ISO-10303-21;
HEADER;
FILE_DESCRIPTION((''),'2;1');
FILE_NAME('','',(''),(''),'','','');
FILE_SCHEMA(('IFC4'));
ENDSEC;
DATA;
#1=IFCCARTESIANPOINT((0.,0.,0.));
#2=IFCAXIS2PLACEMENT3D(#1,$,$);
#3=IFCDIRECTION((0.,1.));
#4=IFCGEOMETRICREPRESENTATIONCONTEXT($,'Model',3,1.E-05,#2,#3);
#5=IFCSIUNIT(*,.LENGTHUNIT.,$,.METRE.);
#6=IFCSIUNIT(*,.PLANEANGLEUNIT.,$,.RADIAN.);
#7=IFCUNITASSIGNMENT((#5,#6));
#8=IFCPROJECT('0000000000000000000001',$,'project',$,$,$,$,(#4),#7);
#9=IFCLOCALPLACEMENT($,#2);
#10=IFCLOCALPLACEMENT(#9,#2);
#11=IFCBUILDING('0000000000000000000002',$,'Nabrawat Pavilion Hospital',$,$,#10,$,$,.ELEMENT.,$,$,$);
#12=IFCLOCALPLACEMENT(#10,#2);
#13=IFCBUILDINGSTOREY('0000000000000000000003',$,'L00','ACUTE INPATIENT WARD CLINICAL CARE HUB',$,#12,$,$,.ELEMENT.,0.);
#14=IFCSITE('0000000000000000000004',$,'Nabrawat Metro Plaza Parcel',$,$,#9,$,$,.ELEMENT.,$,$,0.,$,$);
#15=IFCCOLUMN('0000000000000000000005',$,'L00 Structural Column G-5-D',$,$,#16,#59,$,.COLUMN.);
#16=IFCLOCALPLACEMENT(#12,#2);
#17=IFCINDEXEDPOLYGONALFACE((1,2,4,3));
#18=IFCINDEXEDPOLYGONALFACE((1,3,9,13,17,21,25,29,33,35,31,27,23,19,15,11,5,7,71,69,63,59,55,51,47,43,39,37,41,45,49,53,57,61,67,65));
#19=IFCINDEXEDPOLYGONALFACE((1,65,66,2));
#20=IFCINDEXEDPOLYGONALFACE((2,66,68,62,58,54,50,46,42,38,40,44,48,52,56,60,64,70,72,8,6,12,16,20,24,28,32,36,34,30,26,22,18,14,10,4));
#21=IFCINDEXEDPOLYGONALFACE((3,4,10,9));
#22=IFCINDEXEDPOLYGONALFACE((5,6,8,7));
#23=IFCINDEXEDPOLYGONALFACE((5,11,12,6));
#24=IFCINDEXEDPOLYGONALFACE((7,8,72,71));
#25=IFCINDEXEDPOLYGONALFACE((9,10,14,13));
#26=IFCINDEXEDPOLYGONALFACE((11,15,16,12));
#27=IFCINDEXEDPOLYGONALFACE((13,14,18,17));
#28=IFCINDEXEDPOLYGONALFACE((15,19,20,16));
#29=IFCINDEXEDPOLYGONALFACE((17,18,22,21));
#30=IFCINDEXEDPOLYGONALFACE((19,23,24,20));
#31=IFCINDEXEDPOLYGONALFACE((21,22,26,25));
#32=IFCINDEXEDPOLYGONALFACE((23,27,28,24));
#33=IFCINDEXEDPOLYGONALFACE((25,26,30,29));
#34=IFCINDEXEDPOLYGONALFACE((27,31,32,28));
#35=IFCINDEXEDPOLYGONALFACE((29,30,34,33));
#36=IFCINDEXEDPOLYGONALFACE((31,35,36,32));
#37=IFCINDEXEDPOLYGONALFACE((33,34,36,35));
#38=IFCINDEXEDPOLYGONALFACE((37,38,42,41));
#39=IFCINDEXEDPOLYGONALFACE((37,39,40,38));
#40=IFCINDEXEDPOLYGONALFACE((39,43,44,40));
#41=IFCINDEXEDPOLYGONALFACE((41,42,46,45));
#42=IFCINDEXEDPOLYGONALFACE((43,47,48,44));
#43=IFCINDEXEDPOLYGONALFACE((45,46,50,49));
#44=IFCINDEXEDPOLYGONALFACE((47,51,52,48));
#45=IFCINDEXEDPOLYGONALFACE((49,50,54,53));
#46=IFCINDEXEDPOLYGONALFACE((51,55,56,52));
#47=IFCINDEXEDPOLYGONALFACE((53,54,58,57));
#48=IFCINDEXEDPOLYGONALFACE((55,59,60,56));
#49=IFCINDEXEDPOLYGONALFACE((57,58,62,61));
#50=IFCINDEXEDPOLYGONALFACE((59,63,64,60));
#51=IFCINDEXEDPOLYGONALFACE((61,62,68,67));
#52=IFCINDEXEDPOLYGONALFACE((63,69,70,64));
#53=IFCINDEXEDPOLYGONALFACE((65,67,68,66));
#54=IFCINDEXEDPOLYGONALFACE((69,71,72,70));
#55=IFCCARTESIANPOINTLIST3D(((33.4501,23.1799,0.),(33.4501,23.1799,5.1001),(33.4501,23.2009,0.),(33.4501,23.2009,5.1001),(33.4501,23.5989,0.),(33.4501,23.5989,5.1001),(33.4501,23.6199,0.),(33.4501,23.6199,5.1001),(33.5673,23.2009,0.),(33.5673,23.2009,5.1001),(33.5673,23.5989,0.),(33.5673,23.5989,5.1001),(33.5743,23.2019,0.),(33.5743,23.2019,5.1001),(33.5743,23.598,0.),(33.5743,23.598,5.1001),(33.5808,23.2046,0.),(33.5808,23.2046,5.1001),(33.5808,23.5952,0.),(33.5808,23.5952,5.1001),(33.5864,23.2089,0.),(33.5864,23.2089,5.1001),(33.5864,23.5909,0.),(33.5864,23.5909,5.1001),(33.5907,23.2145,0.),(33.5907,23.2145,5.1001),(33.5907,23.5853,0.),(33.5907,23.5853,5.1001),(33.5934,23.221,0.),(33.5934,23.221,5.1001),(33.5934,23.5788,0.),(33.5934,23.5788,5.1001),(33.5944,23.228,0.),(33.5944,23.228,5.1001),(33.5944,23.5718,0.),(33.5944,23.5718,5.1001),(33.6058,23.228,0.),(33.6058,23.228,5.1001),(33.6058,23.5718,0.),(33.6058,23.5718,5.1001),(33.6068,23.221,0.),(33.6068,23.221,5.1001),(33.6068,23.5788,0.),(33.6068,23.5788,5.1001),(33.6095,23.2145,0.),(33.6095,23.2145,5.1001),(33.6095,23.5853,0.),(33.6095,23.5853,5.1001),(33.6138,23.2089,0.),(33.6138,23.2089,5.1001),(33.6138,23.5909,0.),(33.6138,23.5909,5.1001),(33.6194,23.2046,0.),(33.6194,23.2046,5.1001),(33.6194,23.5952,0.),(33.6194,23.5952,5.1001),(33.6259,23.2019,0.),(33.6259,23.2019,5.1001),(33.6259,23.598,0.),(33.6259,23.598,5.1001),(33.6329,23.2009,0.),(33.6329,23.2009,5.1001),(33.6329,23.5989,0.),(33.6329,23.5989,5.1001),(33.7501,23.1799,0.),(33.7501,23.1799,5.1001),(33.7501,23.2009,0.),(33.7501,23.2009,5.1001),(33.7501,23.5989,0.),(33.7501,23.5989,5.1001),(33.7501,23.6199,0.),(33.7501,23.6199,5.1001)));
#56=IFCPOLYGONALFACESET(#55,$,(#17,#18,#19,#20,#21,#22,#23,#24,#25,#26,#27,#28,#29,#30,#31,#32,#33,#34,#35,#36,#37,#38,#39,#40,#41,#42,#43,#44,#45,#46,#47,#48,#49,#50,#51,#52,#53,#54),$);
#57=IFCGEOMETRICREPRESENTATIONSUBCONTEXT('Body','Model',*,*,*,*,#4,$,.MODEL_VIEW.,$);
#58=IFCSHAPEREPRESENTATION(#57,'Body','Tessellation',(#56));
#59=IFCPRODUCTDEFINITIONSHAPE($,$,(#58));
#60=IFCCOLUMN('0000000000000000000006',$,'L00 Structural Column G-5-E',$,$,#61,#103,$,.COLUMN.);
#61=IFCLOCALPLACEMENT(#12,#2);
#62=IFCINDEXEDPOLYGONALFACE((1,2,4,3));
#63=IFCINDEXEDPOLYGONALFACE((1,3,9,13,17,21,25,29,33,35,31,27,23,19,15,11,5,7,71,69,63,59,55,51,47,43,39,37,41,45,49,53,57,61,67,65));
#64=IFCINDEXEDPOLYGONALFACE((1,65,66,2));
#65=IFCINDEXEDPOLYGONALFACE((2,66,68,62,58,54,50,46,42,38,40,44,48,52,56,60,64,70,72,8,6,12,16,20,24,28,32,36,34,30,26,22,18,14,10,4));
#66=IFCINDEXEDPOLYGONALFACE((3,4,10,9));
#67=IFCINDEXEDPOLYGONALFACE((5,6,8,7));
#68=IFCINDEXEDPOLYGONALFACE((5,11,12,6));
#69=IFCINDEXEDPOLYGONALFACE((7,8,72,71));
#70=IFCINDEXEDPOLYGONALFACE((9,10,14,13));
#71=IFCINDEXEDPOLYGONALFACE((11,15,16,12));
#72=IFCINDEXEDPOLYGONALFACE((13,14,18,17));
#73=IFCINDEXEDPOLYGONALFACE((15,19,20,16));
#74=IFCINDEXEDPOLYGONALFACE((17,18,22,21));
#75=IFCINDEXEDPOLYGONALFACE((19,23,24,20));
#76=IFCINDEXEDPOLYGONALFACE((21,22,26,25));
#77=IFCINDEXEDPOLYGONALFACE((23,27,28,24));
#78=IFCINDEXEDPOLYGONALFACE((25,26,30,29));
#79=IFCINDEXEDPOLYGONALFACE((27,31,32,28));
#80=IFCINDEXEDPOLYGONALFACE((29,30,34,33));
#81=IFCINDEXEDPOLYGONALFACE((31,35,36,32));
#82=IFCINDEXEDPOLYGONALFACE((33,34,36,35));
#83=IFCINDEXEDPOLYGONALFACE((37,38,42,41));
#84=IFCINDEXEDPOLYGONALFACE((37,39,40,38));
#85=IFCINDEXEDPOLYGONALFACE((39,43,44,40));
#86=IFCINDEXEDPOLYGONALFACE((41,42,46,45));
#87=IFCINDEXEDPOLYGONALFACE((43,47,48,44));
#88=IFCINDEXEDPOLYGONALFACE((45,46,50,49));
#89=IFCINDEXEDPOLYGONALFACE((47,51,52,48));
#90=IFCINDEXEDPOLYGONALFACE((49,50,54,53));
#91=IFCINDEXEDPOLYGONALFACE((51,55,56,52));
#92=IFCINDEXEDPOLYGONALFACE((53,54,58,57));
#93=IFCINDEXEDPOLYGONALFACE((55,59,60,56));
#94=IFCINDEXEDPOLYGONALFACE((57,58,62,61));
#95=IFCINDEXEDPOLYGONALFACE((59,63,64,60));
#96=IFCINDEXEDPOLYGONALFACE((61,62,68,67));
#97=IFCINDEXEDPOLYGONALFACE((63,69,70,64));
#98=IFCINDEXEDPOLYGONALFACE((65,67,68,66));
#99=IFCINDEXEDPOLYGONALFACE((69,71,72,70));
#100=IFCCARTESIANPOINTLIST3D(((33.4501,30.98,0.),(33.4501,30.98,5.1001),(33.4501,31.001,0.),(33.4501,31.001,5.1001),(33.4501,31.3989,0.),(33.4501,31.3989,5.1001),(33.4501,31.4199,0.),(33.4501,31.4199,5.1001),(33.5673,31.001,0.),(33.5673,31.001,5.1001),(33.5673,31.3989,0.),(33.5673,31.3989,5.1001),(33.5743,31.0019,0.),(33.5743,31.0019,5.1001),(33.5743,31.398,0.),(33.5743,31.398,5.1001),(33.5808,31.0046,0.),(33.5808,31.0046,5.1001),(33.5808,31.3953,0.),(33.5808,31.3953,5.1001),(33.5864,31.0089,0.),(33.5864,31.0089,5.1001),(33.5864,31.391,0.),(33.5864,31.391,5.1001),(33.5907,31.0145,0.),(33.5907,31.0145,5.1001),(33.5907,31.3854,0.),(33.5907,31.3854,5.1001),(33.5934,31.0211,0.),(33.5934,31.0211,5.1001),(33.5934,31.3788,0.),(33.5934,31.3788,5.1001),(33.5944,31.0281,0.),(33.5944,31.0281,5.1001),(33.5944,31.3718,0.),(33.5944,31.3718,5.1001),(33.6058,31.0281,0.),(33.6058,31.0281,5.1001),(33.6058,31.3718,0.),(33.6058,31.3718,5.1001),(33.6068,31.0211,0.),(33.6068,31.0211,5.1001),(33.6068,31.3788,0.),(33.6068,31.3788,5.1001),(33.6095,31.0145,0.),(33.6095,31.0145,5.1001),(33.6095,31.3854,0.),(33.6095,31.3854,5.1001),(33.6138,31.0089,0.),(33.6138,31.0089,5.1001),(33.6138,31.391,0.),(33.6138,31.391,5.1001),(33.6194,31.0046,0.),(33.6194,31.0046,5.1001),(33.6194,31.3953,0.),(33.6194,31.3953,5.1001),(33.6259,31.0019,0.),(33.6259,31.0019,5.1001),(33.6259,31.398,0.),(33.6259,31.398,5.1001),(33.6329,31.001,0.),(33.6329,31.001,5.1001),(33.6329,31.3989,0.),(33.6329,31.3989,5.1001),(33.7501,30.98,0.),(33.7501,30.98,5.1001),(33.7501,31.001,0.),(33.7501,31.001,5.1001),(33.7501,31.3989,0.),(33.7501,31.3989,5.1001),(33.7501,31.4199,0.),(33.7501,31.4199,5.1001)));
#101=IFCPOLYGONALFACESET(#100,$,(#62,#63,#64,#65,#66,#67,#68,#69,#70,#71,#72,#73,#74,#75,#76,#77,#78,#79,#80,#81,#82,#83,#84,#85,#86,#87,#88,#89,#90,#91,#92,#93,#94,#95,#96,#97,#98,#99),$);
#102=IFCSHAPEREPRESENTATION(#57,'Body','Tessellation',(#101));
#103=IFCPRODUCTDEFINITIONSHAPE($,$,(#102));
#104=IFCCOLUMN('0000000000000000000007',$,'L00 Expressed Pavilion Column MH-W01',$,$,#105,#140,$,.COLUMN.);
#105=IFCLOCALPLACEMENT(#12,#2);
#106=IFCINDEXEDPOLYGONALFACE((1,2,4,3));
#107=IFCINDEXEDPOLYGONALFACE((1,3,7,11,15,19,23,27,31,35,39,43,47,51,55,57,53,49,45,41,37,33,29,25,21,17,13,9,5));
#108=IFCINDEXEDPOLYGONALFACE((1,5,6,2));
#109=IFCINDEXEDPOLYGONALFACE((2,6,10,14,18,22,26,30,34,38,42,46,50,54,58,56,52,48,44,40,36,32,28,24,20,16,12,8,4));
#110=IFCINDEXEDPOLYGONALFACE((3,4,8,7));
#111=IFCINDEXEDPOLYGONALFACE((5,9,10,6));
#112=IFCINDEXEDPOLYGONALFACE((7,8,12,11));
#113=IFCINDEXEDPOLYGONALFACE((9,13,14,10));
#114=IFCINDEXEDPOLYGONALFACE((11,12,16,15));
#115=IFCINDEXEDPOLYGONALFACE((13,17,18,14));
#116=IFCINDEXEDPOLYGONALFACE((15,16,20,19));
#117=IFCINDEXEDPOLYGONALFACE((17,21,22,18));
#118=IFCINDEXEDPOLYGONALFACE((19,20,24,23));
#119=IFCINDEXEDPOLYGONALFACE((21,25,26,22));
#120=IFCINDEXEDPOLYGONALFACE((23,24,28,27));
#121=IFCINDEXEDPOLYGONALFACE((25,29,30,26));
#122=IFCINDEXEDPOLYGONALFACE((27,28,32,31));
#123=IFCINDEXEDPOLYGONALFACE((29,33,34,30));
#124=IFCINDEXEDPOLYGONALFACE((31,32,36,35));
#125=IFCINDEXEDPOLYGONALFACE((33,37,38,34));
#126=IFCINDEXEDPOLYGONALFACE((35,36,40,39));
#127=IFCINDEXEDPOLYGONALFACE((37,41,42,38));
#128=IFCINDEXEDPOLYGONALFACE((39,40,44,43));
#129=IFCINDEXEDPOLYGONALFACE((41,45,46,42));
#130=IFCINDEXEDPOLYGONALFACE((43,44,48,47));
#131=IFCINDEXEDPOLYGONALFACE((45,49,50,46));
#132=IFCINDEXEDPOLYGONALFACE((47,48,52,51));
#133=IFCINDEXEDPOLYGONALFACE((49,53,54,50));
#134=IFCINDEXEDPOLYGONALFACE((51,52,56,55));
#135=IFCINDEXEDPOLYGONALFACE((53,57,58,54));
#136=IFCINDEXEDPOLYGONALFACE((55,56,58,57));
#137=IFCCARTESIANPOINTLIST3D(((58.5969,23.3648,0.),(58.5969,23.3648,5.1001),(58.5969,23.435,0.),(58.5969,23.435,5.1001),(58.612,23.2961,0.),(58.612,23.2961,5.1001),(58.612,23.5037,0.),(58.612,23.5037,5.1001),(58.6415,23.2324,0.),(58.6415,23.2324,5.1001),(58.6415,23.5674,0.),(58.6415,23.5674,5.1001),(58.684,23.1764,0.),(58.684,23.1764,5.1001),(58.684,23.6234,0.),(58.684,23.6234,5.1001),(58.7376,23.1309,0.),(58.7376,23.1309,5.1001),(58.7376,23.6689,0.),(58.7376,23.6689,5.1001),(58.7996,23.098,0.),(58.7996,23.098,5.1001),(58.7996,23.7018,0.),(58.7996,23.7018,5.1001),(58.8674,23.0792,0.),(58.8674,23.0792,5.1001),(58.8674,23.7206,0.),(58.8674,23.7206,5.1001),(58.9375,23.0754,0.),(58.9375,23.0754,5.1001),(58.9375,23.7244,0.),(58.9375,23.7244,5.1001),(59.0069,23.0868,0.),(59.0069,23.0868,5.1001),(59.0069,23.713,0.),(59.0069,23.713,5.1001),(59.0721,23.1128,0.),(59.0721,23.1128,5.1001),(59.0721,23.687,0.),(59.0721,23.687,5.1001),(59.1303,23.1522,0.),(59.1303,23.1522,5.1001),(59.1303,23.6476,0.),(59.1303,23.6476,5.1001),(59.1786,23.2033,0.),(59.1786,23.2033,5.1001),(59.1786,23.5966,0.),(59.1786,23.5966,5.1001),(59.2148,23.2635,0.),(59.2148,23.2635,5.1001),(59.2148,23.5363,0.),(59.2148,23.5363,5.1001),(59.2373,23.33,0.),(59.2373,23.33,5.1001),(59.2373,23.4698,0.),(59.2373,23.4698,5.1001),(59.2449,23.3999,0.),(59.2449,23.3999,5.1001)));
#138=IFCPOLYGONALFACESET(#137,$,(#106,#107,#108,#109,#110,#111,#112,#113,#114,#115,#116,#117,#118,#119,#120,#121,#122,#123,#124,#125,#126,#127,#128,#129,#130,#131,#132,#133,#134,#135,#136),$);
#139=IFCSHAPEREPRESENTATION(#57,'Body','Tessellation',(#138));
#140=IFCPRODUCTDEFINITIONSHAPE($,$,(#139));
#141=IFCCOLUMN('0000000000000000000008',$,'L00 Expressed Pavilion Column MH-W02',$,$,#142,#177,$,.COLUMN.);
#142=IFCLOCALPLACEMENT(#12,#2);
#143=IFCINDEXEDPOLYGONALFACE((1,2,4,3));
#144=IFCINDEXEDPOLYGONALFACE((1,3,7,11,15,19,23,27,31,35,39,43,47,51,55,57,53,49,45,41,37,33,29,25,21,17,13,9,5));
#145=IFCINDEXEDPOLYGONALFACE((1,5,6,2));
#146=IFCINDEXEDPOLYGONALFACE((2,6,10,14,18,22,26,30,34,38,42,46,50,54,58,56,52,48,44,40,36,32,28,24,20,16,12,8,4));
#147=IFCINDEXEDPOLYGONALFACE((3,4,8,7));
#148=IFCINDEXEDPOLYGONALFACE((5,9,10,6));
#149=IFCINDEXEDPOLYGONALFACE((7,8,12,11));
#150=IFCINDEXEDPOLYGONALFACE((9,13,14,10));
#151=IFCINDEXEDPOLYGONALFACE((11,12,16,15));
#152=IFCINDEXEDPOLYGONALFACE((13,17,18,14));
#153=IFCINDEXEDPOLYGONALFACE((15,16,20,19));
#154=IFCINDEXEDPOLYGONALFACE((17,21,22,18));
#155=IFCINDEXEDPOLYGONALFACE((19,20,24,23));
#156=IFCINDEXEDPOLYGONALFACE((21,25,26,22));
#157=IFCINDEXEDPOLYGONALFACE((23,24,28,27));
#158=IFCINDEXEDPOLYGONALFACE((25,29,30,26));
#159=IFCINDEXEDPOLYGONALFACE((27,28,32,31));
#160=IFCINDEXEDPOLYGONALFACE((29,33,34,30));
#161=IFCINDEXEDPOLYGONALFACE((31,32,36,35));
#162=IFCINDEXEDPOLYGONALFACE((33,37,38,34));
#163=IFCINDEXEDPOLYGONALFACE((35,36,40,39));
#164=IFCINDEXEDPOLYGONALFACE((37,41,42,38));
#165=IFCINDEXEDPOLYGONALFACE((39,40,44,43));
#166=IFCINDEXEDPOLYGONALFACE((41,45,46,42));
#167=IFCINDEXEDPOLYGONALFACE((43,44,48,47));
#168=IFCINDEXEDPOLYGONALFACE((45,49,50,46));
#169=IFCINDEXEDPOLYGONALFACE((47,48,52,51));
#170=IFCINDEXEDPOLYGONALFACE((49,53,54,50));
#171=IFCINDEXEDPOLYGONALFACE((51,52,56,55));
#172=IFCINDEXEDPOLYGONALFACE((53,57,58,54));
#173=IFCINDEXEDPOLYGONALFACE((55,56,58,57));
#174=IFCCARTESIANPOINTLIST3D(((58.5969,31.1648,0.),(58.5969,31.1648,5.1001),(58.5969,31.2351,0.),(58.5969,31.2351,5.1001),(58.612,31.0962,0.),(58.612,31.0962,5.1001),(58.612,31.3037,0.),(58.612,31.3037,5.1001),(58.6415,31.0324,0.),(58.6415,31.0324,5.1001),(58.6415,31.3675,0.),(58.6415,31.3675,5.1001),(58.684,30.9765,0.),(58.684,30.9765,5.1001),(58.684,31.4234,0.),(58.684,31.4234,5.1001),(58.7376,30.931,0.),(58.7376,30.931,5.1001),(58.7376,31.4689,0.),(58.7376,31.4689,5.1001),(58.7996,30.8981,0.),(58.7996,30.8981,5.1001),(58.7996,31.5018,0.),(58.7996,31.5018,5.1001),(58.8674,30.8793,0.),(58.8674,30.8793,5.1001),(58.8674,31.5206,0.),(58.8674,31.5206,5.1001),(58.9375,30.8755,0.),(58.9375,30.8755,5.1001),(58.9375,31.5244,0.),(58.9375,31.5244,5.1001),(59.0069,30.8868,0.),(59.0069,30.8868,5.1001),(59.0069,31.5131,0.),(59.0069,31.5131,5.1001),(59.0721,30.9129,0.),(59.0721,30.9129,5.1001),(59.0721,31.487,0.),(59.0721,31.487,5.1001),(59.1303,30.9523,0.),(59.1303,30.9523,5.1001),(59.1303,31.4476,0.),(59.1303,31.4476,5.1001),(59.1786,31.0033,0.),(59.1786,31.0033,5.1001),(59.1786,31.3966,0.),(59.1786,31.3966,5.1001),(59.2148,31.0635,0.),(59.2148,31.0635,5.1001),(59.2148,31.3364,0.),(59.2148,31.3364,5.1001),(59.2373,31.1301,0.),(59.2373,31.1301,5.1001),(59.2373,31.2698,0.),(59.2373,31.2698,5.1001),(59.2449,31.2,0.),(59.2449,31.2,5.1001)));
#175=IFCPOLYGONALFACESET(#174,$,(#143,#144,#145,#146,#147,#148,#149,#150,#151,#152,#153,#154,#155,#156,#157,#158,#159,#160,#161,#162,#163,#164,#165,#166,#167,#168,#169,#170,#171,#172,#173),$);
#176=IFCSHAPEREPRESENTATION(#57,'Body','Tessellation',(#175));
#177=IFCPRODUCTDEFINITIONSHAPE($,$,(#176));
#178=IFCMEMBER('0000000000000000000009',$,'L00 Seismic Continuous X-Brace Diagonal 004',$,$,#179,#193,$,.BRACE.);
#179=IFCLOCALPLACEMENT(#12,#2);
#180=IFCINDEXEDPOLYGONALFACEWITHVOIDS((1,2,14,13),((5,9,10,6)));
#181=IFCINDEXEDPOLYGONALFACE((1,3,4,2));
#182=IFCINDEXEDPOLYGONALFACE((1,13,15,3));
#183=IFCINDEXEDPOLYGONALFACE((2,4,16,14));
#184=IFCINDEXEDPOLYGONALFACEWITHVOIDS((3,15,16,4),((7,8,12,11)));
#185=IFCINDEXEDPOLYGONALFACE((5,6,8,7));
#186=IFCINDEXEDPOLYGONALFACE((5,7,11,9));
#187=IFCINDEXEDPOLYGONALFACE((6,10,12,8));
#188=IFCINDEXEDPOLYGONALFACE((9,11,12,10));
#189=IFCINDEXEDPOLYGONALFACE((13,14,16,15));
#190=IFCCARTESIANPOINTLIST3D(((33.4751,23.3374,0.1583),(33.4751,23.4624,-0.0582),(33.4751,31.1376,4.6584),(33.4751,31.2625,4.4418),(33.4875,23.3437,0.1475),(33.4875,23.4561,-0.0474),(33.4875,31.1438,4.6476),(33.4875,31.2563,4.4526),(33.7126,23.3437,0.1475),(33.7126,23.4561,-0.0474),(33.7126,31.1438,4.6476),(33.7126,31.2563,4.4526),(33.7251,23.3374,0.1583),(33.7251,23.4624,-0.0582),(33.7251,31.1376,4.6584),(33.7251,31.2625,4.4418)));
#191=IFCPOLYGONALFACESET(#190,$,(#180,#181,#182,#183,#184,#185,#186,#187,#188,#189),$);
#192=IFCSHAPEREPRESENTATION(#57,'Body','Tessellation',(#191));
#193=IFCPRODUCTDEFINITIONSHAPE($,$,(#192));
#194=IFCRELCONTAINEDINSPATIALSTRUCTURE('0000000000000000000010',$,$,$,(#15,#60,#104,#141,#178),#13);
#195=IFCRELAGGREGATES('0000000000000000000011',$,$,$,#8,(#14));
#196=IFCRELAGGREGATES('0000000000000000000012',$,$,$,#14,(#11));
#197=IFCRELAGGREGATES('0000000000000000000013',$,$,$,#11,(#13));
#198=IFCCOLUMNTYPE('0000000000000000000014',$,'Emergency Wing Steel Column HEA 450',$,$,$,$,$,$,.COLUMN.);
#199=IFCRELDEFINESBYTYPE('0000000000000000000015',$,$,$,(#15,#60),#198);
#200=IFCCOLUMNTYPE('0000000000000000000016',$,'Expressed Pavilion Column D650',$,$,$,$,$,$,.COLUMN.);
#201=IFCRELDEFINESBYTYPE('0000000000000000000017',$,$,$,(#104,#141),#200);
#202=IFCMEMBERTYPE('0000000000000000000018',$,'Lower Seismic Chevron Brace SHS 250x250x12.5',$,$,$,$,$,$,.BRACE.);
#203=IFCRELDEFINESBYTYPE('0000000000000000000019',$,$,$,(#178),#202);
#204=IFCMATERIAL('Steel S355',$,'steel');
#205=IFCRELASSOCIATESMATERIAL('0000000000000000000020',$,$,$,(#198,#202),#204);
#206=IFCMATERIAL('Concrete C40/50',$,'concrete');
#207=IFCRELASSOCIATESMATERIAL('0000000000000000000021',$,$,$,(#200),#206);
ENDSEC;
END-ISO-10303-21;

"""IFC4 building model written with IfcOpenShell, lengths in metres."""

from ifc_helpers import new_model, si_unit, direction, frame, origin, origin_2d, place, context, subcontext, project, spatial, hollow_rectangle, circle, i_section, extrude, material, material_profile, profile_set, type_object, element, save


model = new_model("IFC4")

# Units and contexts
model_context = context("Model", 3, precision=1e-05, world=origin(), true_north=direction((0.0, 1.0)))
body_context = subcontext(model_context, "Body", "Model", "MODEL_VIEW")
ifc_project = project(units=[si_unit("LENGTHUNIT", "METRE"), si_unit("PLANEANGLEUNIT", "RADIAN")], contexts=[model_context])

# Site, building, storey
site_placement = place(None, origin())
site = spatial("IfcSite", under=ifc_project, at=site_placement, Name="Nabrawat Metro Plaza Parcel", CompositionType="ELEMENT", RefElevation=0.0)
building_placement = place(site_placement, origin())
building = spatial("IfcBuilding", under=site, at=building_placement, Name="Nabrawat Pavilion Hospital", CompositionType="ELEMENT")
storey_placement = place(building_placement, origin())
storey = spatial("IfcBuildingStorey", under=building, at=storey_placement, Name="L00", Description="ACUTE INPATIENT WARD CLINICAL CARE HUB", CompositionType="ELEMENT", Elevation=0.0)

# Columns
ifc_material_1 = material(Name="Steel S355", Category="steel")
ifc_material_profile_1 = material_profile(ifc_material_1, i_section(OverallWidth=0.3, OverallDepth=0.4399, WebThickness=0.0115, FlangeThickness=0.021, FilletRadius=0.0271, at=origin_2d()), Name="HEA 450")
ifc_profile_set_1 = profile_set([ifc_material_profile_1], Name="Steel S355")
column_type_1 = type_object("IfcColumnType", Name="Emergency Wing Steel Column HEA 450", PredefinedType="COLUMN", material=ifc_profile_set_1)
for number, where, z_axis, x_axis, name in (
    (1, (33.6001, 23.3999, 0.0), (0.0, 0.0, 1.0), (1.0, 0.0, 0.0), "L00 Structural Column G-5-D"),
    (2, (33.6001, 31.2, 0.0), (0.0, 0.0, 1.0), (1.0, 0.0, 0.0), "L00 Structural Column G-5-E"),
):
    element("IfcColumn", number, at=place(storey_placement, frame(where, z_axis=z_axis, x_axis=x_axis)), inside=storey, type_object=column_type_1, Name=name, PredefinedType="COLUMN", context=body_context, shape_type="SweptSolid", body=[
        extrude(i_section(OverallWidth=0.3, OverallDepth=0.4399, WebThickness=0.0115, FlangeThickness=0.021, FilletRadius=0.0271, at=origin_2d()), origin(), (0.0, 0.0, 1.0), 5.1001),
    ])
ifc_material_2 = material(Name="Concrete C40/50", Category="concrete")
ifc_material_profile_2 = material_profile(ifc_material_2, circle(Radius=0.325, at=origin_2d()), Name="RC D650")
ifc_profile_set_2 = profile_set([ifc_material_profile_2], Name="Concrete C40/50")
column_type_2 = type_object("IfcColumnType", Name="Expressed Pavilion Column D650", PredefinedType="COLUMN", material=ifc_profile_set_2)
for number, where, z_axis, x_axis, name in (
    (3, (58.9199, 23.3999, 0.0), (0.0, 0.0, 1.0), (1.0, 0.0, 0.0), "L00 Expressed Pavilion Column MH-W01"),
    (4, (58.9199, 31.2, 0.0), (0.0, 0.0, 1.0), (1.0, 0.0, 0.0), "L00 Expressed Pavilion Column MH-W02"),
):
    element("IfcColumn", number, at=place(storey_placement, frame(where, z_axis=z_axis, x_axis=x_axis)), inside=storey, type_object=column_type_2, Name=name, PredefinedType="COLUMN", context=body_context, shape_type="SweptSolid", body=[
        extrude(circle(Radius=0.325, at=origin_2d()), origin(), (0.0, 0.0, 1.0), 5.1001),
    ])

# Member
ifc_material_profile_3 = material_profile(ifc_material_1, hollow_rectangle(XDim=0.25, YDim=0.25, WallThickness=0.0125, at=origin_2d()), Name="SHS 250x250x12.5")
ifc_profile_set_3 = profile_set([ifc_material_profile_3], Name="Steel S355")
member_type_1 = type_object("IfcMemberType", Name="Lower Seismic Chevron Brace SHS 250x250x12.5", PredefinedType="BRACE", material=ifc_profile_set_3)
member_1_placement = place(storey_placement, frame((33.6001, 23.3999, 0.05), z_axis=(0.0, 0.866187, 0.49972), x_axis=(-1.0, 0.0, 0.0)))
element("IfcMember", 5, at=member_1_placement, inside=storey, type_object=member_type_1, Name="L00 Seismic Continuous X-Brace Diagonal 004", PredefinedType="BRACE", context=body_context, shape_type="SweptSolid", body=[
    extrude(hollow_rectangle(XDim=0.25, YDim=0.25, WallThickness=0.0125, at=origin_2d()), origin(), (0.0, 0.0, 1.0), 9.0051),
])

save(model, "model.ifc")
